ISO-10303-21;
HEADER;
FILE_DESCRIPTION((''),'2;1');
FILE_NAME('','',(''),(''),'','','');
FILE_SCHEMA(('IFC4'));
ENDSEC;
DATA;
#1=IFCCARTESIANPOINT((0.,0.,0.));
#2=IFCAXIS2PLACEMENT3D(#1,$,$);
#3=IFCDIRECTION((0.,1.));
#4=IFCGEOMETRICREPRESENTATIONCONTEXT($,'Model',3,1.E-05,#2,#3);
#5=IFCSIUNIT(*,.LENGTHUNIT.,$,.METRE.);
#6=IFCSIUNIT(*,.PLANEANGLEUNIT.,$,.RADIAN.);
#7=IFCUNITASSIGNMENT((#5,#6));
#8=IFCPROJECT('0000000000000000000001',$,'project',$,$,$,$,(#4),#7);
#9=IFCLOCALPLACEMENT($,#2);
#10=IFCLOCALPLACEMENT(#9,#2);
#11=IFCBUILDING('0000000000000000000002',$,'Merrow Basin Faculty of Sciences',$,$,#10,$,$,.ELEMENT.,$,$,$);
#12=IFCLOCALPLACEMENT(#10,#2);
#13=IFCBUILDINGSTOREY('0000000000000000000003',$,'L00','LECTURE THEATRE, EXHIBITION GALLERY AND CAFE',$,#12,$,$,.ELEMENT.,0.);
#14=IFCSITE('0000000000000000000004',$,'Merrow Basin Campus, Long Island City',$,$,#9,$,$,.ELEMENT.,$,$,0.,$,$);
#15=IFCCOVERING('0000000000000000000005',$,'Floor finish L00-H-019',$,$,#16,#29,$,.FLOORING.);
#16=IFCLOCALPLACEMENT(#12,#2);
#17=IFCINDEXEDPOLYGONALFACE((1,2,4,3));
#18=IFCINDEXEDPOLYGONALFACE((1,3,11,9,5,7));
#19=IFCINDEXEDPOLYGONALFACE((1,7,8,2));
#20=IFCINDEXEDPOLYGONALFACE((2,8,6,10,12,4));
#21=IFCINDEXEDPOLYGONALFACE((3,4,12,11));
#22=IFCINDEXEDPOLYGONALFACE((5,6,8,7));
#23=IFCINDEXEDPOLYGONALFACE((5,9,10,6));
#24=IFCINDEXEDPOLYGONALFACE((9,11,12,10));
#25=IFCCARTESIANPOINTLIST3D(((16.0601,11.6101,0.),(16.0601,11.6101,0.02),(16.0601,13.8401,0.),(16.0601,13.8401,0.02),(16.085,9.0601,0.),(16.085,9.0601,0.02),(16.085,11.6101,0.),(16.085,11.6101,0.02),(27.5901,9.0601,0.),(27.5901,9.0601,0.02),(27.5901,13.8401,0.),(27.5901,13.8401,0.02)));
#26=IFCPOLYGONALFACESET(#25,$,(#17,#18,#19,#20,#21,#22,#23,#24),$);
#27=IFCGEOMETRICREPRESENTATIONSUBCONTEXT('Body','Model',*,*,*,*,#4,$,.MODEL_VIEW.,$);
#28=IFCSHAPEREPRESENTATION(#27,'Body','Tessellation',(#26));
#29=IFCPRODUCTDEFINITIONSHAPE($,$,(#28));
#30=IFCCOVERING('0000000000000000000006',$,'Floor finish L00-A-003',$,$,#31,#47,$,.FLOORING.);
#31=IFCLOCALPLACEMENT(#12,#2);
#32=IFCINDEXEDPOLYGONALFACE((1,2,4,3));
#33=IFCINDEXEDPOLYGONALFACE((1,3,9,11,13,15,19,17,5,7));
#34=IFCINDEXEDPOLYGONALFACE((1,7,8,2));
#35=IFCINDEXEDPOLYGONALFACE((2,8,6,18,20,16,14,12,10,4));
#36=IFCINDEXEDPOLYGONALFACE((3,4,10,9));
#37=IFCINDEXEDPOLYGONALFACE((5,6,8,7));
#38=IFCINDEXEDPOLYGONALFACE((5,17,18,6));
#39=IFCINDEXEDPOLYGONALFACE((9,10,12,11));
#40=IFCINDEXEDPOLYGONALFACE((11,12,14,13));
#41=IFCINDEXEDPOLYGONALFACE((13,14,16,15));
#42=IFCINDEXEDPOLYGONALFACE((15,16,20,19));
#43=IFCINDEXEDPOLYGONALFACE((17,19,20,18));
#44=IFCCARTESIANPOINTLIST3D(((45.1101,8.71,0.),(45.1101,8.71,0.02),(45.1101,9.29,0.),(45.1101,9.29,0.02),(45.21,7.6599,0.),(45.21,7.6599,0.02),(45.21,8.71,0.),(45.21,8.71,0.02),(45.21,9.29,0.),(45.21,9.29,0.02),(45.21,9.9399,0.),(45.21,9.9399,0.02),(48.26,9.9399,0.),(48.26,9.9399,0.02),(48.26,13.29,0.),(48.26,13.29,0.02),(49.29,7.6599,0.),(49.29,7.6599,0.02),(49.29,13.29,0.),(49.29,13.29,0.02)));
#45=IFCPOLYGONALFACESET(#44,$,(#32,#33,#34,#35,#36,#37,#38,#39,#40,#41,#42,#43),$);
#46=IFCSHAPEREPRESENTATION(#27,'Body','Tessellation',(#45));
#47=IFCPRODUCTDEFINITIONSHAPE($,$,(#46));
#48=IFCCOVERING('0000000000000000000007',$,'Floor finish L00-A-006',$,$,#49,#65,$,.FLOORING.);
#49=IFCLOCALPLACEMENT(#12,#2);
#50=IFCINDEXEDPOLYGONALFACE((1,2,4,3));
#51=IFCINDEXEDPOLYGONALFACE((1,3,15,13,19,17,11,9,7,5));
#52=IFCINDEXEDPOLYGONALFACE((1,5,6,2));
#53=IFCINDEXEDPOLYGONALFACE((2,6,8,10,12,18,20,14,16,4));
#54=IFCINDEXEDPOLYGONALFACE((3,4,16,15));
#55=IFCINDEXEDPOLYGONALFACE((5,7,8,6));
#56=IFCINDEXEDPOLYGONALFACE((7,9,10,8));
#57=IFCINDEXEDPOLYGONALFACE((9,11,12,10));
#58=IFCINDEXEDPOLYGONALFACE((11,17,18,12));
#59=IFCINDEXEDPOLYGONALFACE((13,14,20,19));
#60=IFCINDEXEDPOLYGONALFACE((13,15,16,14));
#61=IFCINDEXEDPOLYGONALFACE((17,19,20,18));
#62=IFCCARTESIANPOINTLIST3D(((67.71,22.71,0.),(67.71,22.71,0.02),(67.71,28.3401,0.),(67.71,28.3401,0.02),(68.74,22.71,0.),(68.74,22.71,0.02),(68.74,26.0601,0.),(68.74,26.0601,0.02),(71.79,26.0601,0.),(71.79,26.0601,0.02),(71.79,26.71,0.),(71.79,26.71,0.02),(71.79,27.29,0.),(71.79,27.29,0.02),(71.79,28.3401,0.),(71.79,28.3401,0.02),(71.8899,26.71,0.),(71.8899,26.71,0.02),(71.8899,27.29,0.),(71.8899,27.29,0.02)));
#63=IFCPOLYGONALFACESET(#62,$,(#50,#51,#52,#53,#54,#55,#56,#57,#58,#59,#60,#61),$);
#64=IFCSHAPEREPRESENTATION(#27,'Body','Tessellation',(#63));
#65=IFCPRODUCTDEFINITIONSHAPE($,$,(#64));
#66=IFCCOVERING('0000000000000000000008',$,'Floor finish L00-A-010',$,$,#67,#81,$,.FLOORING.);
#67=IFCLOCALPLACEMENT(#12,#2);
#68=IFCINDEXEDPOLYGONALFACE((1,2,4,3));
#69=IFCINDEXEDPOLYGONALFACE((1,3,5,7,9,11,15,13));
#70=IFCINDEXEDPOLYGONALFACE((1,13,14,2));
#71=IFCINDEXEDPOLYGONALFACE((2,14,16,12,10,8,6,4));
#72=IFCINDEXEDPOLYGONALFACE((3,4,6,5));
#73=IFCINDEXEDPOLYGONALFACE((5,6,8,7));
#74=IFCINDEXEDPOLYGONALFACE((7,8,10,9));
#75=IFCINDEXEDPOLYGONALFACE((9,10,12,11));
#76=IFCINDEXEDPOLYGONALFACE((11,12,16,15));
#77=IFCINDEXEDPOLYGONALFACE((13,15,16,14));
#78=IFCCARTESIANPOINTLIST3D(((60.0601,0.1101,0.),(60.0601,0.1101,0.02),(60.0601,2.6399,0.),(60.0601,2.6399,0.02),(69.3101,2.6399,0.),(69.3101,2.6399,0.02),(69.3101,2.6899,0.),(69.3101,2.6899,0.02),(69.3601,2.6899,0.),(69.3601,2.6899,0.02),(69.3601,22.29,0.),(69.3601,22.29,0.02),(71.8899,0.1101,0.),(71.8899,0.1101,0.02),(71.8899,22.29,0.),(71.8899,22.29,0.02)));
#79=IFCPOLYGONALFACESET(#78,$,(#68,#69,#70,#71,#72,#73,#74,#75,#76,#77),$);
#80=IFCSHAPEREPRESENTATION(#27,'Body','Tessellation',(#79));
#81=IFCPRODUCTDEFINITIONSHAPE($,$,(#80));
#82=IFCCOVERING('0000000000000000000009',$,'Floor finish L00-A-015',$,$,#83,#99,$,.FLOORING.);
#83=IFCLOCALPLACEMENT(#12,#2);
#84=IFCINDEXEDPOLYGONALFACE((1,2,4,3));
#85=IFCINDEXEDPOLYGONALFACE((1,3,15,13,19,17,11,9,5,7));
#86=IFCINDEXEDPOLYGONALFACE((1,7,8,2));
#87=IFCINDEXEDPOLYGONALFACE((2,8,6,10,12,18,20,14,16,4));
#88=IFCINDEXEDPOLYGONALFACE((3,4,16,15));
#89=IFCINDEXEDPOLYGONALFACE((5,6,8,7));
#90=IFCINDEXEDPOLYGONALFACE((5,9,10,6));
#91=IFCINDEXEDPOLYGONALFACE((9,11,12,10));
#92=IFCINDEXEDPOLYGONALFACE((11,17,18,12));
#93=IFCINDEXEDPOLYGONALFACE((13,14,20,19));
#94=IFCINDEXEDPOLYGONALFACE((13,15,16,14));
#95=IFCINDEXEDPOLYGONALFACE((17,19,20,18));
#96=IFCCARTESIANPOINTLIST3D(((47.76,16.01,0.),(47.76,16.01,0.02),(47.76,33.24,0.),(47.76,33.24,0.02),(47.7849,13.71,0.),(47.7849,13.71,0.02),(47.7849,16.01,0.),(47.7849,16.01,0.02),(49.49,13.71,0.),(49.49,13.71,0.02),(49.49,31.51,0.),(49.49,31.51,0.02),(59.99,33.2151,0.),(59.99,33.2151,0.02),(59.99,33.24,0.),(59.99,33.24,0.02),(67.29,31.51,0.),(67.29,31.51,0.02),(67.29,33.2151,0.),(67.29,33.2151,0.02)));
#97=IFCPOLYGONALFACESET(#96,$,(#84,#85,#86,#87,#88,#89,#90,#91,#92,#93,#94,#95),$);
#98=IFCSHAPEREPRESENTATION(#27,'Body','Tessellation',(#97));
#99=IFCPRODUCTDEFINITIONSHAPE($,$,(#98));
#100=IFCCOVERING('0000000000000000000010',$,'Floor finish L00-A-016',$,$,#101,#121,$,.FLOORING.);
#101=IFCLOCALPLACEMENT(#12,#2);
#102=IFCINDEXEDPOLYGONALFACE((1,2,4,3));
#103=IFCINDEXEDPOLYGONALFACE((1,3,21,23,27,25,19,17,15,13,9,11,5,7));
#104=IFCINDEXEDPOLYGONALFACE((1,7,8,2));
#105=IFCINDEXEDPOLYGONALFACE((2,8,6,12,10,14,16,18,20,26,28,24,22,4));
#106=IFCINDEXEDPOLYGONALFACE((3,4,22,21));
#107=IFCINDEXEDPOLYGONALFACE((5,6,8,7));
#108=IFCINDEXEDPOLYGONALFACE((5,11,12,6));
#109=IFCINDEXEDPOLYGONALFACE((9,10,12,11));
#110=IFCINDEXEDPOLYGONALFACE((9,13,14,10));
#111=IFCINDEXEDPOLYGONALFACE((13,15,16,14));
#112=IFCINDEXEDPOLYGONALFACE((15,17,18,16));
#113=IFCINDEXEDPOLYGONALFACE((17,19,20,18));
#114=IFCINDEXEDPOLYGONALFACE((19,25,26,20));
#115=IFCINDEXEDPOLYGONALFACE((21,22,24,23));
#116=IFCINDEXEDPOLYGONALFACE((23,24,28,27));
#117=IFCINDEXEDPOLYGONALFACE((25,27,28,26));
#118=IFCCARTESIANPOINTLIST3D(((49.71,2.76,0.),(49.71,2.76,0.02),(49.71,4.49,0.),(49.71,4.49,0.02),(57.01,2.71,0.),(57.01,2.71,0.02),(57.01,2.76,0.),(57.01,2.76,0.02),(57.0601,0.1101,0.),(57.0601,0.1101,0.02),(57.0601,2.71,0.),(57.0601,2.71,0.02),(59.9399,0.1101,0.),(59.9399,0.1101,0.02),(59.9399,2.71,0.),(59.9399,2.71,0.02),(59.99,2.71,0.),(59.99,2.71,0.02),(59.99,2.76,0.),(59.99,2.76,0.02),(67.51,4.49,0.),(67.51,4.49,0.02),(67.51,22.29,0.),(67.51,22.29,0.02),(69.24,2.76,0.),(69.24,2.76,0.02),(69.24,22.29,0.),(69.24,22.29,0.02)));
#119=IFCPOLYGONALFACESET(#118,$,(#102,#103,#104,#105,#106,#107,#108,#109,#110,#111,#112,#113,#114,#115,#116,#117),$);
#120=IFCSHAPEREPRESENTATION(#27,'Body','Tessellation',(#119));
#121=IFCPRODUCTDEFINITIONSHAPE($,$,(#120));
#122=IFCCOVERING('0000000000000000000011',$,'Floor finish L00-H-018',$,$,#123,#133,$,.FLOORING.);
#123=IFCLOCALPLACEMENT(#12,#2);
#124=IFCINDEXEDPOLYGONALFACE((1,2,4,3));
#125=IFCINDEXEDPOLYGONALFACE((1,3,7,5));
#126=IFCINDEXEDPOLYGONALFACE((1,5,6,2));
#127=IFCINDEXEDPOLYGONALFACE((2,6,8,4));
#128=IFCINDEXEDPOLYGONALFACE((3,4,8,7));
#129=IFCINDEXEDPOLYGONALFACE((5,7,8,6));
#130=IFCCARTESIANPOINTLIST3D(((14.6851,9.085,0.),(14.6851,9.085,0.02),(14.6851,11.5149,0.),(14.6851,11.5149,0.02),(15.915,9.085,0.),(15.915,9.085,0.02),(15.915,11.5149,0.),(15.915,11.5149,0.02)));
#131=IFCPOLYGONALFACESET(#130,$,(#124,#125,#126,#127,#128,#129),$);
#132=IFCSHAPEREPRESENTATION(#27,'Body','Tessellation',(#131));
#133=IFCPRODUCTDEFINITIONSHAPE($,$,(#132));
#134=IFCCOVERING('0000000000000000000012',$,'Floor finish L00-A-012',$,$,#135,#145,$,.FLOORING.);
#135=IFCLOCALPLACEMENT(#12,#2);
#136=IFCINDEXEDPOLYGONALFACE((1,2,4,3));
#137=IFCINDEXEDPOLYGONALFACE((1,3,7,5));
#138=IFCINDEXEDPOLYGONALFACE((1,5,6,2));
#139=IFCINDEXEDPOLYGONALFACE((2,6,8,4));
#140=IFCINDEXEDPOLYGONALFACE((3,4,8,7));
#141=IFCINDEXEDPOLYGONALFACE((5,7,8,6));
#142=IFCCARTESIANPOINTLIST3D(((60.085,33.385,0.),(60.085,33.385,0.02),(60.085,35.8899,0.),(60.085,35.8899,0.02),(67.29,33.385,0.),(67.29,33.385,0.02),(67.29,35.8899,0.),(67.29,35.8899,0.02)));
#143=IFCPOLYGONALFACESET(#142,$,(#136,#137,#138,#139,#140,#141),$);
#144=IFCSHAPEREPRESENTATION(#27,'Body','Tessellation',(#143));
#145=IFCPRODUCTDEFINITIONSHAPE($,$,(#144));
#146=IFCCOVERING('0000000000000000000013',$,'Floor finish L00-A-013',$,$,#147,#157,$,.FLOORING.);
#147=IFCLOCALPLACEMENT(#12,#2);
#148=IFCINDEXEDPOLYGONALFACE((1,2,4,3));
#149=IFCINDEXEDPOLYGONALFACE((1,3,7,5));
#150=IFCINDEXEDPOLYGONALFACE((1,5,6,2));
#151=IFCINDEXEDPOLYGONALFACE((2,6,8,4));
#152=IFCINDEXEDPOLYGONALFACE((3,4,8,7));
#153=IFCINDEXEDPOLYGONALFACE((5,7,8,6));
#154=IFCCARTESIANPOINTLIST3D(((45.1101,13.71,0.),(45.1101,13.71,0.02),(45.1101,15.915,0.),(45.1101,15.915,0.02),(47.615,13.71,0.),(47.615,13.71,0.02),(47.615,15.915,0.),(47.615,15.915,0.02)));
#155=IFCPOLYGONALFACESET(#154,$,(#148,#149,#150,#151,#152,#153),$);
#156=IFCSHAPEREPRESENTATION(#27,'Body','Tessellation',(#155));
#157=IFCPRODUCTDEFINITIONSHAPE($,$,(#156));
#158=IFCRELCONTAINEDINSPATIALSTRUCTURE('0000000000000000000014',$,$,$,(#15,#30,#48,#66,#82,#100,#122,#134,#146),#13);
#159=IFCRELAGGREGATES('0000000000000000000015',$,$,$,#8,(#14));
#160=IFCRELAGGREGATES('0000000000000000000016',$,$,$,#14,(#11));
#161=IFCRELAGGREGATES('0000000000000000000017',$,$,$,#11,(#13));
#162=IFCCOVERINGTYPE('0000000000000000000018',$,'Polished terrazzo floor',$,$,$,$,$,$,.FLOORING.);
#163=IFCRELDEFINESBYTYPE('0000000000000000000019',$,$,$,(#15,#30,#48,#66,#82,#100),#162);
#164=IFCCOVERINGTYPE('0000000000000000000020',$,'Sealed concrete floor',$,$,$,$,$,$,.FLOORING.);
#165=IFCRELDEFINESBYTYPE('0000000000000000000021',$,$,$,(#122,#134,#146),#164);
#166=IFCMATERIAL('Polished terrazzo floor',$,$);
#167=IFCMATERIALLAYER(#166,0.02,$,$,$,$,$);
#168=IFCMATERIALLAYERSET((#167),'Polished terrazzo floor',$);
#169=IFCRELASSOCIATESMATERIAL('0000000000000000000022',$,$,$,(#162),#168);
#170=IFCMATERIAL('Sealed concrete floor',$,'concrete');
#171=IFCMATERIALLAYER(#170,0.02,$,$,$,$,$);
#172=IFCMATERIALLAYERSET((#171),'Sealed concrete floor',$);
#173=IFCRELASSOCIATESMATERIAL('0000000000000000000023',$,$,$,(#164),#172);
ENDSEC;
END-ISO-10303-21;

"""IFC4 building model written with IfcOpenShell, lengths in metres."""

from ifc_helpers import new_model, si_unit, direction, origin, place, context, subcontext, project, spatial, polyline, outline, extrude, material, layer, layer_set, type_object, element, save


model = new_model("IFC4")

# Units and contexts
model_context = context("Model", 3, precision=1e-05, world=origin(), true_north=direction((0.0, 1.0)))
body_context = subcontext(model_context, "Body", "Model", "MODEL_VIEW")
ifc_project = project(units=[si_unit("LENGTHUNIT", "METRE"), si_unit("PLANEANGLEUNIT", "RADIAN")], contexts=[model_context])

# Site, building, storey
site_placement = place(None, origin())
site = spatial("IfcSite", under=ifc_project, at=site_placement, Name="Merrow Basin Campus, Long Island City", CompositionType="ELEMENT", RefElevation=0.0)
building_placement = place(site_placement, origin())
building = spatial("IfcBuilding", under=site, at=building_placement, Name="Merrow Basin Faculty of Sciences", CompositionType="ELEMENT")
storey_placement = place(building_placement, origin())
storey = spatial("IfcBuildingStorey", under=building, at=storey_placement, Name="L00", Description="LECTURE THEATRE, EXHIBITION GALLERY AND CAFE", CompositionType="ELEMENT", Elevation=0.0)

# Coverings
ifc_material_1 = material(Name="Polished terrazzo floor")
ifc_layer_1 = layer(ifc_material_1, 0.02)
ifc_layer_set_1 = layer_set([ifc_layer_1], Name="Polished terrazzo floor")
covering_type_1 = type_object("IfcCoveringType", Name="Polished terrazzo floor", PredefinedType="FLOORING", material=ifc_layer_set_1)
covering_1_placement = place(storey_placement, origin())
element("IfcCovering", 1, at=covering_1_placement, inside=storey, type_object=covering_type_1, Name="Floor finish L00-H-019", PredefinedType="FLOORING", context=body_context, shape_type="SweptSolid", body=[
    extrude(outline(polyline([(16.0601, 13.8401), (27.5901, 13.8401), (27.5901, 9.0601), (16.085, 9.0601), (16.085, 11.6101), (16.0601, 11.6101), (16.0601, 13.8401)])), origin(), (0.0, 0.0, 1.0), 0.02),
])
covering_2_placement = place(storey_placement, origin())
element("IfcCovering", 2, at=covering_2_placement, inside=storey, type_object=covering_type_1, Name="Floor finish L00-A-003", PredefinedType="FLOORING", context=body_context, shape_type="SweptSolid", body=[
    extrude(outline(polyline([(45.1101, 9.29), (45.21, 9.29), (45.21, 9.9399), (48.26, 9.9399), (48.26, 13.29), (49.29, 13.29), (49.29, 7.6599), (45.21, 7.6599), (45.21, 8.71), (45.1101, 8.71), (45.1101, 9.29)])), origin(), (0.0, 0.0, 1.0), 0.02),
])
covering_3_placement = place(storey_placement, origin())
element("IfcCovering", 3, at=covering_3_placement, inside=storey, type_object=covering_type_1, Name="Floor finish L00-A-006", PredefinedType="FLOORING", context=body_context, shape_type="SweptSolid", body=[
    extrude(outline(polyline([(71.8899, 26.71), (71.79, 26.71), (71.79, 26.0601), (68.74, 26.0601), (68.74, 22.71), (67.71, 22.71), (67.71, 28.3401), (71.79, 28.3401), (71.79, 27.29), (71.8899, 27.29), (71.8899, 26.71)])), origin(), (0.0, 0.0, 1.0), 0.02),
])
covering_4_placement = place(storey_placement, origin())
element("IfcCovering", 4, at=covering_4_placement, inside=storey, type_object=covering_type_1, Name="Floor finish L00-A-010", PredefinedType="FLOORING", context=body_context, shape_type="SweptSolid", body=[
    extrude(outline(polyline([(71.8899, 0.1101), (60.0601, 0.1101), (60.0601, 2.6399), (69.3101, 2.6399), (69.3101, 2.6899), (69.3601, 2.6899), (69.3601, 22.29), (71.8899, 22.29), (71.8899, 0.1101)])), origin(), (0.0, 0.0, 1.0), 0.02),
])
covering_5_placement = place(storey_placement, origin())
element("IfcCovering", 5, at=covering_5_placement, inside=storey, type_object=covering_type_1, Name="Floor finish L00-A-015", PredefinedType="FLOORING", context=body_context, shape_type="SweptSolid", body=[
    extrude(outline(polyline([(49.49, 31.51), (49.49, 13.71), (47.7849, 13.71), (47.7849, 16.01), (47.76, 16.01), (47.76, 33.24), (59.99, 33.24), (59.99, 33.2151), (67.29, 33.2151), (67.29, 31.51), (49.49, 31.51)])), origin(), (0.0, 0.0, 1.0), 0.02),
])
covering_6_placement = place(storey_placement, origin())
element("IfcCovering", 6, at=covering_6_placement, inside=storey, type_object=covering_type_1, Name="Floor finish L00-A-016", PredefinedType="FLOORING", context=body_context, shape_type="SweptSolid", body=[
    extrude(outline(polyline([(67.51, 4.49), (67.51, 22.29), (69.24, 22.29), (69.24, 2.76), (59.99, 2.76), (59.99, 2.71), (59.9399, 2.71), (59.9399, 0.1101), (57.0601, 0.1101), (57.0601, 2.71), (57.01, 2.71), (57.01, 2.76), (49.71, 2.76), (49.71, 4.49), (67.51, 4.49)])), origin(), (0.0, 0.0, 1.0), 0.02),
])
ifc_material_2 = material(Name="Sealed concrete floor", Category="concrete")
ifc_layer_2 = layer(ifc_material_2, 0.02)
ifc_layer_set_2 = layer_set([ifc_layer_2], Name="Sealed concrete floor")
covering_type_2 = type_object("IfcCoveringType", Name="Sealed concrete floor", PredefinedType="FLOORING", material=ifc_layer_set_2)
covering_7_placement = place(storey_placement, origin())
element("IfcCovering", 7, at=covering_7_placement, inside=storey, type_object=covering_type_2, Name="Floor finish L00-H-018", PredefinedType="FLOORING", context=body_context, shape_type="SweptSolid", body=[
    extrude(outline(polyline([(14.6851, 9.085), (14.6851, 11.5149), (15.915, 11.5149), (15.915, 9.085), (14.6851, 9.085)])), origin(), (0.0, 0.0, 1.0), 0.02),
])
covering_8_placement = place(storey_placement, origin())
element("IfcCovering", 8, at=covering_8_placement, inside=storey, type_object=covering_type_2, Name="Floor finish L00-A-012", PredefinedType="FLOORING", context=body_context, shape_type="SweptSolid", body=[
    extrude(outline(polyline([(67.29, 35.8899), (67.29, 33.385), (60.085, 33.385), (60.085, 35.8899), (67.29, 35.8899)])), origin(), (0.0, 0.0, 1.0), 0.02),
])
covering_9_placement = place(storey_placement, origin())
element("IfcCovering", 9, at=covering_9_placement, inside=storey, type_object=covering_type_2, Name="Floor finish L00-A-013", PredefinedType="FLOORING", context=body_context, shape_type="SweptSolid", body=[
    extrude(outline(polyline([(45.1101, 15.915), (47.615, 15.915), (47.615, 13.71), (45.1101, 13.71), (45.1101, 15.915)])), origin(), (0.0, 0.0, 1.0), 0.02),
])

save(model, "model.ifc")
